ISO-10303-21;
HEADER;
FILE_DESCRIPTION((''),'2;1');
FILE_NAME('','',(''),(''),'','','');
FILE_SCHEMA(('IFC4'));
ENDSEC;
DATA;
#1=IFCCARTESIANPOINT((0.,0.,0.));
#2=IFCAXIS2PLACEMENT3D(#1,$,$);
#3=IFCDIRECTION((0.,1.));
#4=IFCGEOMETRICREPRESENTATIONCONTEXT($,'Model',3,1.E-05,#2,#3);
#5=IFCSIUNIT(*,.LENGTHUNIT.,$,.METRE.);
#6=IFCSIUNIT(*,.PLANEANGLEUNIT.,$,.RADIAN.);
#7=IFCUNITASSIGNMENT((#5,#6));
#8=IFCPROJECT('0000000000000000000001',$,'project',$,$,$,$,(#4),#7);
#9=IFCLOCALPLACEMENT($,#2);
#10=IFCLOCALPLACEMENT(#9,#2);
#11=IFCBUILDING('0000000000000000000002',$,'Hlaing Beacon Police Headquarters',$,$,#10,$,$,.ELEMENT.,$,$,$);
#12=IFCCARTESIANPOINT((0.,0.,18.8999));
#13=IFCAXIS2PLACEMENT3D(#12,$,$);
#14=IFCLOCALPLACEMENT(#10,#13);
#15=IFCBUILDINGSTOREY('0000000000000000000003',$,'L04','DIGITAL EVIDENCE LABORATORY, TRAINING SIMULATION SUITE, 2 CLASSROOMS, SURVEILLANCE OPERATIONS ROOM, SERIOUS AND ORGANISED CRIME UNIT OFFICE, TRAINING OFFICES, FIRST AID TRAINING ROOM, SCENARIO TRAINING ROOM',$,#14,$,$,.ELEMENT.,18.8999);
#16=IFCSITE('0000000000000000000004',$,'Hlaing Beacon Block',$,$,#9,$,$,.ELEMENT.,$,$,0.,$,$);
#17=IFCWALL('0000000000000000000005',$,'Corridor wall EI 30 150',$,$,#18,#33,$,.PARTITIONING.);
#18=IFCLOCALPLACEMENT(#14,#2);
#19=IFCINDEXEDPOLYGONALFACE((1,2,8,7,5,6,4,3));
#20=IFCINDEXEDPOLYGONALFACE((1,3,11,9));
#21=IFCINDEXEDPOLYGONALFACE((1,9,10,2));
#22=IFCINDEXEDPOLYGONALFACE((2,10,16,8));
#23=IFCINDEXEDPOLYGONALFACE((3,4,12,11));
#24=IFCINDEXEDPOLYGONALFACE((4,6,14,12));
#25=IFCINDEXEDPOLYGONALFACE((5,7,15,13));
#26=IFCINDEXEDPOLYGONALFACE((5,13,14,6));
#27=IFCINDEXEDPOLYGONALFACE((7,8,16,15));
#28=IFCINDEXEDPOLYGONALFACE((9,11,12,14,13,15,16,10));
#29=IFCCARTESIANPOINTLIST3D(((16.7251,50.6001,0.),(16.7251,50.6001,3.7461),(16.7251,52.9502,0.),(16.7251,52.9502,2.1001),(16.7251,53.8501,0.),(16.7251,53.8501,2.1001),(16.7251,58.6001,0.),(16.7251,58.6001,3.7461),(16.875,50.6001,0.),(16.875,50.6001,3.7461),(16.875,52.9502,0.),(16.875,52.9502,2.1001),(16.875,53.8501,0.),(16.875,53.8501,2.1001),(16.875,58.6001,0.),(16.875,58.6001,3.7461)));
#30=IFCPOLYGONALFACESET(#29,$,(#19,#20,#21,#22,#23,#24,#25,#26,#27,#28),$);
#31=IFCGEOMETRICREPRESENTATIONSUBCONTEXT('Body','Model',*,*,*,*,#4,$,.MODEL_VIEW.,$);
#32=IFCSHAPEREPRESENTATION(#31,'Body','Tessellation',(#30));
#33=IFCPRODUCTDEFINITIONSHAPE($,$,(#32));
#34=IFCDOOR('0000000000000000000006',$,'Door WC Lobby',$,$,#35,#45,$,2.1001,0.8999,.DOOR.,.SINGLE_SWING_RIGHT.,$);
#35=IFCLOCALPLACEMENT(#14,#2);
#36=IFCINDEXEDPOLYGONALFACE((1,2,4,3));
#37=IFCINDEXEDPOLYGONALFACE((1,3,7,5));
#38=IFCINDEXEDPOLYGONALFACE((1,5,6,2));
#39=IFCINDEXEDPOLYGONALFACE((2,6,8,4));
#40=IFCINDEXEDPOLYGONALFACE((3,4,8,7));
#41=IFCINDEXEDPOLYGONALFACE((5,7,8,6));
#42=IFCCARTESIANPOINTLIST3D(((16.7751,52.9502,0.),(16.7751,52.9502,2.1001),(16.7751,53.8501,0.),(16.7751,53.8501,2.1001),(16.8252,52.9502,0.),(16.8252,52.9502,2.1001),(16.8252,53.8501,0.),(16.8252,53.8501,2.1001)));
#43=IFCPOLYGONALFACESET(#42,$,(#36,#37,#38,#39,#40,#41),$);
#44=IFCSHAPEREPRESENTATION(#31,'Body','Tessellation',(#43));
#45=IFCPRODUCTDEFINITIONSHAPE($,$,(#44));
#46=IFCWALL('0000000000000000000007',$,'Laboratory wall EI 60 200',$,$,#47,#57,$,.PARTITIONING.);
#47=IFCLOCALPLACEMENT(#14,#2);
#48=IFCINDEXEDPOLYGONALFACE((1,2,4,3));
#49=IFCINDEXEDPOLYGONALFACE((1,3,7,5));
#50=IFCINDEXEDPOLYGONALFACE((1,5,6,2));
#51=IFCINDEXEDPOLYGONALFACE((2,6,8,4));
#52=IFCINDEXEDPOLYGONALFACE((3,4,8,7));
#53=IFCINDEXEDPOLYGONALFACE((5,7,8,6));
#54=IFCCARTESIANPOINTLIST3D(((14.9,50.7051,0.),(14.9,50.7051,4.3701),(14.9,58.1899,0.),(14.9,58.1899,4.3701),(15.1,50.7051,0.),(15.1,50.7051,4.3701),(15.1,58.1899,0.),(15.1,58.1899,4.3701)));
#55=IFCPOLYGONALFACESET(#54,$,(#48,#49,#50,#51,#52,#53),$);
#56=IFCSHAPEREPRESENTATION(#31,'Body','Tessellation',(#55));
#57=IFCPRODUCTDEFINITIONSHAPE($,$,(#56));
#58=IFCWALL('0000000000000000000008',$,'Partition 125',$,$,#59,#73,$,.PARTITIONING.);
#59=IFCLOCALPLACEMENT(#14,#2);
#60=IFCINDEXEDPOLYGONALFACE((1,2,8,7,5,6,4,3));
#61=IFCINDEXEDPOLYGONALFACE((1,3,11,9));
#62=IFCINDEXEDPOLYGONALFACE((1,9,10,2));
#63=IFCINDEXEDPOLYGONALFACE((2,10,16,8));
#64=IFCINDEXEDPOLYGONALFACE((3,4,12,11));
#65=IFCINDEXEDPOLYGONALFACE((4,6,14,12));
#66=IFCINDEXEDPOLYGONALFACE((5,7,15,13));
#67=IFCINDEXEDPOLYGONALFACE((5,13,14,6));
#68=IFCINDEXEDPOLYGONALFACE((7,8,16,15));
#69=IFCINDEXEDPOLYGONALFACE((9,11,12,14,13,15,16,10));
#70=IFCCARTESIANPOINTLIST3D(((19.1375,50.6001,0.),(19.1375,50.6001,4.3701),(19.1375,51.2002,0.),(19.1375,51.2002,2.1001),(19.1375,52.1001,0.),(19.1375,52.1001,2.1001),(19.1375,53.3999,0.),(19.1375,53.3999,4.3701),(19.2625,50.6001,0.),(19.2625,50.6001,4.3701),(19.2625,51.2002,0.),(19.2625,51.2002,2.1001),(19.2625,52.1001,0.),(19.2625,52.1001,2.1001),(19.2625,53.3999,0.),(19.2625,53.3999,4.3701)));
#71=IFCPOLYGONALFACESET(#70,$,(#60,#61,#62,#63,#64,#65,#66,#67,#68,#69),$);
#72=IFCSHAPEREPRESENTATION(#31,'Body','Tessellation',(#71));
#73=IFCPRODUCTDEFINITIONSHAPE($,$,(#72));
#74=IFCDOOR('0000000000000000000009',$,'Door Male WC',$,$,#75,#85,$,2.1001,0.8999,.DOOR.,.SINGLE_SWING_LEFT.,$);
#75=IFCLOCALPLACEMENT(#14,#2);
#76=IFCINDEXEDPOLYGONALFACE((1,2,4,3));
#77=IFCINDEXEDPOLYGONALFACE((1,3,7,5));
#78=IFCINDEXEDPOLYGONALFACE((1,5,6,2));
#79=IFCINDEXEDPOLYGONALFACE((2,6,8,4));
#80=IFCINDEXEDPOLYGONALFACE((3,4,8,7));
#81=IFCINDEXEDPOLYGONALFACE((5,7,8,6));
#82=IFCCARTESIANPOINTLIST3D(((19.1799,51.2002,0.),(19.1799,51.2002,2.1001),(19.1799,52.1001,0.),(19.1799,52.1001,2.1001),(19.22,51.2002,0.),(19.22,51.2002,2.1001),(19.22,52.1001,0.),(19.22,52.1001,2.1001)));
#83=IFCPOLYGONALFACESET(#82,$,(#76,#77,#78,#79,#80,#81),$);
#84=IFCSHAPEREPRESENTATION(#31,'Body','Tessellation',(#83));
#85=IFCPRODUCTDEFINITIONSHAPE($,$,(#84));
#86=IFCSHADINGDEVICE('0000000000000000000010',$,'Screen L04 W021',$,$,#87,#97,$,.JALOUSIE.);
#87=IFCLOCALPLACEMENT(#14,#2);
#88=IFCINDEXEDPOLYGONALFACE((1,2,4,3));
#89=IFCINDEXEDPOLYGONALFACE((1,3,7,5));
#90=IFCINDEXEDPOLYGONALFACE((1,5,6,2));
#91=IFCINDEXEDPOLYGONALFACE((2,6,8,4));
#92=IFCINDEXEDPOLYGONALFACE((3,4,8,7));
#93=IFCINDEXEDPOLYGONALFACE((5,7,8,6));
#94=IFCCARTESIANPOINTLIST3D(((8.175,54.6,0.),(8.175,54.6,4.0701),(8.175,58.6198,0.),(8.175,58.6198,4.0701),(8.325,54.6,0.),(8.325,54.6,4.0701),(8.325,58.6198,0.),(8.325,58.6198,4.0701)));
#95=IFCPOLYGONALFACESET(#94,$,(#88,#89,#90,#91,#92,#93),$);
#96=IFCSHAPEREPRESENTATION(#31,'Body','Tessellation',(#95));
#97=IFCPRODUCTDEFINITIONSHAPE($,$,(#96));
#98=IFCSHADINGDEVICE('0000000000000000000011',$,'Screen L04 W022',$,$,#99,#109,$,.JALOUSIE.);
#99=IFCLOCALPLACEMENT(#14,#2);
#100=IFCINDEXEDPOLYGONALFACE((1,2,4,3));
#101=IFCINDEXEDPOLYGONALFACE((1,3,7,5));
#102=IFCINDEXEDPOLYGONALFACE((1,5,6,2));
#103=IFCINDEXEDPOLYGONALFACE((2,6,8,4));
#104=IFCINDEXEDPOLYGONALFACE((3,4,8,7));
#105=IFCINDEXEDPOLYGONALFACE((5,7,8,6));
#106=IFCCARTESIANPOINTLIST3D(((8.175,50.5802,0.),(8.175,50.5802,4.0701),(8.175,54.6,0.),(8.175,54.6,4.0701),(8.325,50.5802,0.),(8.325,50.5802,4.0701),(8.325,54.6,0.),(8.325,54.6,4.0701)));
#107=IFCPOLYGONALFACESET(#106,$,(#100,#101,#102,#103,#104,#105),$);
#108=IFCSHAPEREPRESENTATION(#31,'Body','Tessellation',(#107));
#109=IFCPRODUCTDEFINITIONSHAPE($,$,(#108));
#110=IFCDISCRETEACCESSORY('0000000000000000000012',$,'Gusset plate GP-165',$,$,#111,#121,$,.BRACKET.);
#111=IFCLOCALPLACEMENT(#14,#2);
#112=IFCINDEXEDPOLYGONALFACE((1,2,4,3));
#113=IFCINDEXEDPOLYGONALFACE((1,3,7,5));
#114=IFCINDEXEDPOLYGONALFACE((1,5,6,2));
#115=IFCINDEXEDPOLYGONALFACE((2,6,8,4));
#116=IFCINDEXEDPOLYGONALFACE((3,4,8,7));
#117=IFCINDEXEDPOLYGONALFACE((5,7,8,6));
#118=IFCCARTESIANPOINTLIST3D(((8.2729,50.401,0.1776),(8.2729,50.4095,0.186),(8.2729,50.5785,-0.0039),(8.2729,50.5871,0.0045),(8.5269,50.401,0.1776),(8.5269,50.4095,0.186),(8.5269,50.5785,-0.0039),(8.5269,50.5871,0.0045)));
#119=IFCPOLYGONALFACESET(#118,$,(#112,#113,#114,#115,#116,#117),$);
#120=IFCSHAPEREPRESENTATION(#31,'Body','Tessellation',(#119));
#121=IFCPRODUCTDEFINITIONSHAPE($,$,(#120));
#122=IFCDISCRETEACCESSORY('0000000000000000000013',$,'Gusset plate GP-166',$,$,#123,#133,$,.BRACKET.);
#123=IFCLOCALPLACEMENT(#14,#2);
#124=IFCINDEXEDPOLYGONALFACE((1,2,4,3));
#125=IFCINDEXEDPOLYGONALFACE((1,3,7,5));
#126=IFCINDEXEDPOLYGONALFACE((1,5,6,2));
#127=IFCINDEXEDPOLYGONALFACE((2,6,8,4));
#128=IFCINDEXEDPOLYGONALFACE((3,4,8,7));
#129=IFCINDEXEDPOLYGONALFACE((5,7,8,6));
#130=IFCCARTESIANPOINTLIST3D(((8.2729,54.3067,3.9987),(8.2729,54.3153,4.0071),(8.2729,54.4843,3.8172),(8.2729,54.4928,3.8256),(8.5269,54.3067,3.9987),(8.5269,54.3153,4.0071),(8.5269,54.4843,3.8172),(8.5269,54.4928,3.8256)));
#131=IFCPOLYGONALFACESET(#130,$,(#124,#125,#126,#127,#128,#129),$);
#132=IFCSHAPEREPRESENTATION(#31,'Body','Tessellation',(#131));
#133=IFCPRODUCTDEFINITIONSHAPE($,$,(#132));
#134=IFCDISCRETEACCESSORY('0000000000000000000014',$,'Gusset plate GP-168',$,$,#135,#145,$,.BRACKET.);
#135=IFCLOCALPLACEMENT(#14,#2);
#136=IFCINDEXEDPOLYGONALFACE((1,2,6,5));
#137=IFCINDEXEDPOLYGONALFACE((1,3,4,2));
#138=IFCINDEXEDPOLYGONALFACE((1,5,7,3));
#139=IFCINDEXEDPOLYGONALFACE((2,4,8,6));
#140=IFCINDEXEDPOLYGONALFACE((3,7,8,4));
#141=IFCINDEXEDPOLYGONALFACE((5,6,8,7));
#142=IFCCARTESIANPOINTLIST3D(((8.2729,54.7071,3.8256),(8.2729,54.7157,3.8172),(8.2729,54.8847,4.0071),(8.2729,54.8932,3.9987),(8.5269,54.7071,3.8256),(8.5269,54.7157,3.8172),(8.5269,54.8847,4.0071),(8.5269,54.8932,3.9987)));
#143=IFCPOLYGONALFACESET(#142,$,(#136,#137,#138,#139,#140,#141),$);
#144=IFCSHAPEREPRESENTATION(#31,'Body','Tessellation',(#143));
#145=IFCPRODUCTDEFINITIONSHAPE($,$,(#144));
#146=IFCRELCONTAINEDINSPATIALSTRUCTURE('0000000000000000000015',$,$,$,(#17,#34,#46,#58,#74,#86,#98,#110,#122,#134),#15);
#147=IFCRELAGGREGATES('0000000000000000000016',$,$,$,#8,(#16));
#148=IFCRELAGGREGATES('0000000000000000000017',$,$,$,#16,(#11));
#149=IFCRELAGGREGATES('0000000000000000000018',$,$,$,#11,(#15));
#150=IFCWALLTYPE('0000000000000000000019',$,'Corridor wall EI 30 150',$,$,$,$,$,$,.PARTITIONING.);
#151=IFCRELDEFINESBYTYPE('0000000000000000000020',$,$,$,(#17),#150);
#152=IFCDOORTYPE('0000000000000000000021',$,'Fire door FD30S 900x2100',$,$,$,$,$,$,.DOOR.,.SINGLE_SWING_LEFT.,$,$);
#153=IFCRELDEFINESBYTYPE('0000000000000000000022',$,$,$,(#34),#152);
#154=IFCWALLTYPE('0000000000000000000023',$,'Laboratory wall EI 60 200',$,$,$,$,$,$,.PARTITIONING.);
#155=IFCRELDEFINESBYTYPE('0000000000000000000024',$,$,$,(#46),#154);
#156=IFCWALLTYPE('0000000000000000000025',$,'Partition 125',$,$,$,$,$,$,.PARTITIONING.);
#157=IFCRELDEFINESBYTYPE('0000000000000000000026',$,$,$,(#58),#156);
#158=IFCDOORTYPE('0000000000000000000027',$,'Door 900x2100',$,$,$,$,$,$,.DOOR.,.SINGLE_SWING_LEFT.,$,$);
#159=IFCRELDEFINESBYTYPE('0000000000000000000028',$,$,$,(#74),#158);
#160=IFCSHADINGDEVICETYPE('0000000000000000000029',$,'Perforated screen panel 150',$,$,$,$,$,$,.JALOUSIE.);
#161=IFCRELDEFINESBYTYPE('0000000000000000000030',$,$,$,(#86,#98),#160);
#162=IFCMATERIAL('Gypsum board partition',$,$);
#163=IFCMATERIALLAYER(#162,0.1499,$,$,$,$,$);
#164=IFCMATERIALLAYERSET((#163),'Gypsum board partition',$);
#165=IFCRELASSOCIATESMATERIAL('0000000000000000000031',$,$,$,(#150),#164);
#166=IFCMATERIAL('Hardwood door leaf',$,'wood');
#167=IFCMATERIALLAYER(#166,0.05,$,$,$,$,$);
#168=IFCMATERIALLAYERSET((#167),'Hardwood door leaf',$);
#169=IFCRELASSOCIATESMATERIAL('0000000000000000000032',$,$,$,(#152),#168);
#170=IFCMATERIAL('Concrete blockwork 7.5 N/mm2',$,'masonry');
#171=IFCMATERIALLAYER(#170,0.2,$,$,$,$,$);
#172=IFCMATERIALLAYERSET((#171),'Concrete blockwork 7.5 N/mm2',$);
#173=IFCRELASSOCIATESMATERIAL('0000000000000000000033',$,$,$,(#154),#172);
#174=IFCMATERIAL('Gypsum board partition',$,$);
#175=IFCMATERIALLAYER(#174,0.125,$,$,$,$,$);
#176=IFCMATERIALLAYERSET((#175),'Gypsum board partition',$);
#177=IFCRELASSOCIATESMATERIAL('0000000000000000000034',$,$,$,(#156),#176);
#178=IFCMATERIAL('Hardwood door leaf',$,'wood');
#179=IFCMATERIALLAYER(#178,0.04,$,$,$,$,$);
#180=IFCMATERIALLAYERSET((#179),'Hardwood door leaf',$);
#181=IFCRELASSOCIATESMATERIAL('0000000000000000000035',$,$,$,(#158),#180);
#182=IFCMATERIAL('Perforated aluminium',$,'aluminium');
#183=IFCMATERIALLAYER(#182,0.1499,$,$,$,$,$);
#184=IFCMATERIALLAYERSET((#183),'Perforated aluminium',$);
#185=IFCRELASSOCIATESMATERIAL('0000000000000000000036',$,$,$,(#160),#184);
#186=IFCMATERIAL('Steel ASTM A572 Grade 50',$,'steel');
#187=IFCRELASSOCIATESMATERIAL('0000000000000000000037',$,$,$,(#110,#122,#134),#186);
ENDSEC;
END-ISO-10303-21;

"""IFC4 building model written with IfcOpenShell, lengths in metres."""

from ifc_helpers import new_model, si_unit, direction, frame, frame_2d, origin, origin_2d, place, context, subcontext, project, spatial, rectangle, extrude, material, layer, layer_set, type_object, element, fill, save


model = new_model("IFC4")

# Units and contexts
model_context = context("Model", 3, precision=1e-05, world=origin(), true_north=direction((0.0, 1.0)))
body_context = subcontext(model_context, "Body", "Model", "MODEL_VIEW")
ifc_project = project(units=[si_unit("LENGTHUNIT", "METRE"), si_unit("PLANEANGLEUNIT", "RADIAN")], contexts=[model_context])

# Site, building, storey
site_placement = place(None, origin())
site = spatial("IfcSite", under=ifc_project, at=site_placement, Name="Hlaing Beacon Block", CompositionType="ELEMENT", RefElevation=0.0)
building_placement = place(site_placement, origin())
building = spatial("IfcBuilding", under=site, at=building_placement, Name="Hlaing Beacon Police Headquarters", CompositionType="ELEMENT")
storey_placement = place(building_placement, frame((0.0, 0.0, 18.8999)))
storey = spatial("IfcBuildingStorey", under=building, at=storey_placement, Name="L04", Description="DIGITAL EVIDENCE LABORATORY, TRAINING SIMULATION SUITE, 2 CLASSROOMS, SURVEILLANCE OPERATIONS ROOM, SERIOUS AND ORGANISED CRIME UNIT OFFICE, TRAINING OFFICES, FIRST AID TRAINING ROOM, SCENARIO TRAINING ROOM", CompositionType="ELEMENT", Elevation=18.8999)

# Wall, opening, door
ifc_material_1 = material(Name="Gypsum board partition")
ifc_layer_1 = layer(ifc_material_1, 0.1499)
ifc_layer_set_1 = layer_set([ifc_layer_1], Name="Gypsum board partition")
wall_type_1 = type_object("IfcWallType", Name="Corridor wall EI 30 150", PredefinedType="PARTITIONING", material=ifc_layer_set_1)
wall_1_placement = place(storey_placement, frame((16.8, 50.6001, 0.0), z_axis=(0.0, 0.0, 1.0), x_axis=(0.0, 1.0, 0.0)))
wall_1 = element("IfcWall", 1, at=wall_1_placement, inside=storey, type_object=wall_type_1, Name="Corridor wall EI 30 150", PredefinedType="PARTITIONING", context=body_context, shape_type="SweptSolid", body=[
    extrude(rectangle(XDim=8.0, YDim=0.1499, at=frame_2d((4.0, 0.0))), origin(), (0.0, 0.0, 1.0), 3.7461),
])
opening_1_placement = place(wall_1_placement, frame((2.3501, 0.0, 0.0)))
opening_1 = element("IfcOpeningElement", 2, at=opening_1_placement, cuts=wall_1, PredefinedType="OPENING", context=body_context, shape_type="SweptSolid", body=[
    extrude(rectangle(XDim=0.8999, YDim=2.1001, at=frame_2d((0.45, 1.05))), frame((0.0, 0.085, 0.0), z_axis=(0.0, -1.0, 0.0), x_axis=(1.0, 0.0, 0.0)), (0.0, 0.0, 1.0), 0.1699),
])
ifc_material_2 = material(Name="Hardwood door leaf", Category="wood")
ifc_layer_2 = layer(ifc_material_2, 0.05)
ifc_layer_set_2 = layer_set([ifc_layer_2], Name="Hardwood door leaf")
door_type_1 = type_object("IfcDoorType", Name="Fire door FD30S 900x2100", OperationType="SINGLE_SWING_LEFT", PredefinedType="DOOR", material=ifc_layer_set_2)
door_1_placement = place(opening_1_placement, frame((0.8999, 0.0, 0.0), z_axis=(0.0, 0.0, 1.0), x_axis=(-1.0, 0.0, 0.0)))
door_1 = element("IfcDoor", 3, at=door_1_placement, inside=storey, type_object=door_type_1, Name="Door WC Lobby", OperationType="SINGLE_SWING_RIGHT", OverallHeight=2.1001, OverallWidth=0.8999, PredefinedType="DOOR", context=body_context, shape_type="SweptSolid", body=[
    extrude(rectangle(XDim=0.8999, YDim=2.1001, at=frame_2d((0.45, 1.05))), frame((0.0, 0.0251, 0.0), z_axis=(0.0, -1.0, 0.0), x_axis=(1.0, 0.0, 0.0)), (0.0, 0.0, 1.0), 0.05),
])
fill(opening_1, door_1)

# Wall
ifc_material_3 = material(Name="Concrete blockwork 7.5 N/mm2", Category="masonry")
ifc_layer_3 = layer(ifc_material_3, 0.2)
ifc_layer_set_3 = layer_set([ifc_layer_3], Name="Concrete blockwork 7.5 N/mm2")
wall_type_2 = type_object("IfcWallType", Name="Laboratory wall EI 60 200", PredefinedType="PARTITIONING", material=ifc_layer_set_3)
wall_2_placement = place(storey_placement, frame((15.0, 50.7051, 0.0), z_axis=(0.0, 0.0, 1.0), x_axis=(0.0, 1.0, 0.0)))
element("IfcWall", 4, at=wall_2_placement, inside=storey, type_object=wall_type_2, Name="Laboratory wall EI 60 200", PredefinedType="PARTITIONING", context=body_context, shape_type="SweptSolid", body=[
    extrude(rectangle(XDim=7.4849, YDim=0.2, at=frame_2d((3.7424, 0.0))), origin(), (0.0, 0.0, 1.0), 4.3701),
])

# Wall, opening, door
ifc_material_4 = material(Name="Gypsum board partition")
ifc_layer_4 = layer(ifc_material_4, 0.125)
ifc_layer_set_4 = layer_set([ifc_layer_4], Name="Gypsum board partition")
wall_type_3 = type_object("IfcWallType", Name="Partition 125", PredefinedType="PARTITIONING", material=ifc_layer_set_4)
wall_3_placement = place(storey_placement, frame((19.2, 50.6001, 0.0), z_axis=(0.0, 0.0, 1.0), x_axis=(0.0, 1.0, 0.0)))
wall_3 = element("IfcWall", 5, at=wall_3_placement, inside=storey, type_object=wall_type_3, Name="Partition 125", PredefinedType="PARTITIONING", context=body_context, shape_type="SweptSolid", body=[
    extrude(rectangle(XDim=2.7998, YDim=0.125, at=frame_2d((1.3999, 0.0))), origin(), (0.0, 0.0, 1.0), 4.3701),
])
opening_2_placement = place(wall_3_placement, frame((0.6001, 0.0, 0.0)))
opening_2 = element("IfcOpeningElement", 6, at=opening_2_placement, cuts=wall_3, PredefinedType="OPENING", context=body_context, shape_type="SweptSolid", body=[
    extrude(rectangle(XDim=0.8999, YDim=2.1001, at=frame_2d((0.45, 1.05))), frame((0.0, 0.0725, 0.0), z_axis=(0.0, -1.0, 0.0), x_axis=(1.0, 0.0, 0.0)), (0.0, 0.0, 1.0), 0.145),
])
ifc_material_5 = material(Name="Hardwood door leaf", Category="wood")
ifc_layer_5 = layer(ifc_material_5, 0.04)
ifc_layer_set_5 = layer_set([ifc_layer_5], Name="Hardwood door leaf")
door_type_2 = type_object("IfcDoorType", Name="Door 900x2100", OperationType="SINGLE_SWING_LEFT", PredefinedType="DOOR", material=ifc_layer_set_5)
door_2_placement = place(opening_2_placement, frame((0.8999, 0.0, 0.0), z_axis=(0.0, 0.0, 1.0), x_axis=(-1.0, 0.0, 0.0)))
door_2 = element("IfcDoor", 7, at=door_2_placement, inside=storey, type_object=door_type_2, Name="Door Male WC", OperationType="SINGLE_SWING_LEFT", OverallHeight=2.1001, OverallWidth=0.8999, PredefinedType="DOOR", context=body_context, shape_type="SweptSolid", body=[
    extrude(rectangle(XDim=0.8999, YDim=2.1001, at=frame_2d((0.45, 1.05))), frame((0.0, 0.02, 0.0), z_axis=(0.0, -1.0, 0.0), x_axis=(1.0, 0.0, 0.0)), (0.0, 0.0, 1.0), 0.04),
])
fill(opening_2, door_2)

# Shading devices
ifc_material_6 = material(Name="Perforated aluminium", Category="aluminium")
ifc_layer_6 = layer(ifc_material_6, 0.1499)
ifc_layer_set_6 = layer_set([ifc_layer_6], Name="Perforated aluminium")
shading_device_type = type_object("IfcShadingDeviceType", Name="Perforated screen panel 150", PredefinedType="JALOUSIE", material=ifc_layer_set_6)
for number, where, z_axis, x_axis, name in (
    (8, (8.25, 56.6099, 0.0), (0.0, 0.0, 1.0), (0.0, -1.0, 0.0), "Screen L04 W021"),
    (9, (8.25, 52.5901, 0.0), (0.0, 0.0, 1.0), (0.0, -1.0, 0.0), "Screen L04 W022"),
):
    element("IfcShadingDevice", number, at=place(storey_placement, frame(where, z_axis=z_axis, x_axis=x_axis)), inside=storey, type_object=shading_device_type, Name=name, PredefinedType="JALOUSIE", context=body_context, shape_type="SweptSolid", body=[
        extrude(rectangle(XDim=4.0198, YDim=0.1499, at=origin_2d()), origin(), (0.0, 0.0, 1.0), 4.0701),
    ])

# Discrete accessories
ifc_material_7 = material(Name="Steel ASTM A572 Grade 50", Category="steel")
for number, where, z_axis, x_axis, name in (
    (10, (8.3999, 50.4983, 0.0952), (0.0, -0.714838, -0.69929), (1.0, 0.0, 0.0), "Gusset plate GP-165"),
    (11, (8.3999, 54.3955, 3.908), (0.0, 0.714838, 0.69929), (-1.0, 0.0, 0.0), "Gusset plate GP-166"),
    (12, (8.3999, 54.8044, 3.908), (0.0, -0.714838, 0.69929), (1.0, 0.0, 0.0), "Gusset plate GP-168"),
):
    element("IfcDiscreteAccessory", number, at=place(storey_placement, frame(where, z_axis=z_axis, x_axis=x_axis)), inside=storey, material=ifc_material_7, Name=name, PredefinedType="BRACKET", context=body_context, shape_type="SweptSolid", body=[
        extrude(rectangle(XDim=0.2539, YDim=0.2539, at=origin_2d()), origin(), (0.0, 0.0, 1.0), 0.012),
    ])

save(model, "model.ifc")
